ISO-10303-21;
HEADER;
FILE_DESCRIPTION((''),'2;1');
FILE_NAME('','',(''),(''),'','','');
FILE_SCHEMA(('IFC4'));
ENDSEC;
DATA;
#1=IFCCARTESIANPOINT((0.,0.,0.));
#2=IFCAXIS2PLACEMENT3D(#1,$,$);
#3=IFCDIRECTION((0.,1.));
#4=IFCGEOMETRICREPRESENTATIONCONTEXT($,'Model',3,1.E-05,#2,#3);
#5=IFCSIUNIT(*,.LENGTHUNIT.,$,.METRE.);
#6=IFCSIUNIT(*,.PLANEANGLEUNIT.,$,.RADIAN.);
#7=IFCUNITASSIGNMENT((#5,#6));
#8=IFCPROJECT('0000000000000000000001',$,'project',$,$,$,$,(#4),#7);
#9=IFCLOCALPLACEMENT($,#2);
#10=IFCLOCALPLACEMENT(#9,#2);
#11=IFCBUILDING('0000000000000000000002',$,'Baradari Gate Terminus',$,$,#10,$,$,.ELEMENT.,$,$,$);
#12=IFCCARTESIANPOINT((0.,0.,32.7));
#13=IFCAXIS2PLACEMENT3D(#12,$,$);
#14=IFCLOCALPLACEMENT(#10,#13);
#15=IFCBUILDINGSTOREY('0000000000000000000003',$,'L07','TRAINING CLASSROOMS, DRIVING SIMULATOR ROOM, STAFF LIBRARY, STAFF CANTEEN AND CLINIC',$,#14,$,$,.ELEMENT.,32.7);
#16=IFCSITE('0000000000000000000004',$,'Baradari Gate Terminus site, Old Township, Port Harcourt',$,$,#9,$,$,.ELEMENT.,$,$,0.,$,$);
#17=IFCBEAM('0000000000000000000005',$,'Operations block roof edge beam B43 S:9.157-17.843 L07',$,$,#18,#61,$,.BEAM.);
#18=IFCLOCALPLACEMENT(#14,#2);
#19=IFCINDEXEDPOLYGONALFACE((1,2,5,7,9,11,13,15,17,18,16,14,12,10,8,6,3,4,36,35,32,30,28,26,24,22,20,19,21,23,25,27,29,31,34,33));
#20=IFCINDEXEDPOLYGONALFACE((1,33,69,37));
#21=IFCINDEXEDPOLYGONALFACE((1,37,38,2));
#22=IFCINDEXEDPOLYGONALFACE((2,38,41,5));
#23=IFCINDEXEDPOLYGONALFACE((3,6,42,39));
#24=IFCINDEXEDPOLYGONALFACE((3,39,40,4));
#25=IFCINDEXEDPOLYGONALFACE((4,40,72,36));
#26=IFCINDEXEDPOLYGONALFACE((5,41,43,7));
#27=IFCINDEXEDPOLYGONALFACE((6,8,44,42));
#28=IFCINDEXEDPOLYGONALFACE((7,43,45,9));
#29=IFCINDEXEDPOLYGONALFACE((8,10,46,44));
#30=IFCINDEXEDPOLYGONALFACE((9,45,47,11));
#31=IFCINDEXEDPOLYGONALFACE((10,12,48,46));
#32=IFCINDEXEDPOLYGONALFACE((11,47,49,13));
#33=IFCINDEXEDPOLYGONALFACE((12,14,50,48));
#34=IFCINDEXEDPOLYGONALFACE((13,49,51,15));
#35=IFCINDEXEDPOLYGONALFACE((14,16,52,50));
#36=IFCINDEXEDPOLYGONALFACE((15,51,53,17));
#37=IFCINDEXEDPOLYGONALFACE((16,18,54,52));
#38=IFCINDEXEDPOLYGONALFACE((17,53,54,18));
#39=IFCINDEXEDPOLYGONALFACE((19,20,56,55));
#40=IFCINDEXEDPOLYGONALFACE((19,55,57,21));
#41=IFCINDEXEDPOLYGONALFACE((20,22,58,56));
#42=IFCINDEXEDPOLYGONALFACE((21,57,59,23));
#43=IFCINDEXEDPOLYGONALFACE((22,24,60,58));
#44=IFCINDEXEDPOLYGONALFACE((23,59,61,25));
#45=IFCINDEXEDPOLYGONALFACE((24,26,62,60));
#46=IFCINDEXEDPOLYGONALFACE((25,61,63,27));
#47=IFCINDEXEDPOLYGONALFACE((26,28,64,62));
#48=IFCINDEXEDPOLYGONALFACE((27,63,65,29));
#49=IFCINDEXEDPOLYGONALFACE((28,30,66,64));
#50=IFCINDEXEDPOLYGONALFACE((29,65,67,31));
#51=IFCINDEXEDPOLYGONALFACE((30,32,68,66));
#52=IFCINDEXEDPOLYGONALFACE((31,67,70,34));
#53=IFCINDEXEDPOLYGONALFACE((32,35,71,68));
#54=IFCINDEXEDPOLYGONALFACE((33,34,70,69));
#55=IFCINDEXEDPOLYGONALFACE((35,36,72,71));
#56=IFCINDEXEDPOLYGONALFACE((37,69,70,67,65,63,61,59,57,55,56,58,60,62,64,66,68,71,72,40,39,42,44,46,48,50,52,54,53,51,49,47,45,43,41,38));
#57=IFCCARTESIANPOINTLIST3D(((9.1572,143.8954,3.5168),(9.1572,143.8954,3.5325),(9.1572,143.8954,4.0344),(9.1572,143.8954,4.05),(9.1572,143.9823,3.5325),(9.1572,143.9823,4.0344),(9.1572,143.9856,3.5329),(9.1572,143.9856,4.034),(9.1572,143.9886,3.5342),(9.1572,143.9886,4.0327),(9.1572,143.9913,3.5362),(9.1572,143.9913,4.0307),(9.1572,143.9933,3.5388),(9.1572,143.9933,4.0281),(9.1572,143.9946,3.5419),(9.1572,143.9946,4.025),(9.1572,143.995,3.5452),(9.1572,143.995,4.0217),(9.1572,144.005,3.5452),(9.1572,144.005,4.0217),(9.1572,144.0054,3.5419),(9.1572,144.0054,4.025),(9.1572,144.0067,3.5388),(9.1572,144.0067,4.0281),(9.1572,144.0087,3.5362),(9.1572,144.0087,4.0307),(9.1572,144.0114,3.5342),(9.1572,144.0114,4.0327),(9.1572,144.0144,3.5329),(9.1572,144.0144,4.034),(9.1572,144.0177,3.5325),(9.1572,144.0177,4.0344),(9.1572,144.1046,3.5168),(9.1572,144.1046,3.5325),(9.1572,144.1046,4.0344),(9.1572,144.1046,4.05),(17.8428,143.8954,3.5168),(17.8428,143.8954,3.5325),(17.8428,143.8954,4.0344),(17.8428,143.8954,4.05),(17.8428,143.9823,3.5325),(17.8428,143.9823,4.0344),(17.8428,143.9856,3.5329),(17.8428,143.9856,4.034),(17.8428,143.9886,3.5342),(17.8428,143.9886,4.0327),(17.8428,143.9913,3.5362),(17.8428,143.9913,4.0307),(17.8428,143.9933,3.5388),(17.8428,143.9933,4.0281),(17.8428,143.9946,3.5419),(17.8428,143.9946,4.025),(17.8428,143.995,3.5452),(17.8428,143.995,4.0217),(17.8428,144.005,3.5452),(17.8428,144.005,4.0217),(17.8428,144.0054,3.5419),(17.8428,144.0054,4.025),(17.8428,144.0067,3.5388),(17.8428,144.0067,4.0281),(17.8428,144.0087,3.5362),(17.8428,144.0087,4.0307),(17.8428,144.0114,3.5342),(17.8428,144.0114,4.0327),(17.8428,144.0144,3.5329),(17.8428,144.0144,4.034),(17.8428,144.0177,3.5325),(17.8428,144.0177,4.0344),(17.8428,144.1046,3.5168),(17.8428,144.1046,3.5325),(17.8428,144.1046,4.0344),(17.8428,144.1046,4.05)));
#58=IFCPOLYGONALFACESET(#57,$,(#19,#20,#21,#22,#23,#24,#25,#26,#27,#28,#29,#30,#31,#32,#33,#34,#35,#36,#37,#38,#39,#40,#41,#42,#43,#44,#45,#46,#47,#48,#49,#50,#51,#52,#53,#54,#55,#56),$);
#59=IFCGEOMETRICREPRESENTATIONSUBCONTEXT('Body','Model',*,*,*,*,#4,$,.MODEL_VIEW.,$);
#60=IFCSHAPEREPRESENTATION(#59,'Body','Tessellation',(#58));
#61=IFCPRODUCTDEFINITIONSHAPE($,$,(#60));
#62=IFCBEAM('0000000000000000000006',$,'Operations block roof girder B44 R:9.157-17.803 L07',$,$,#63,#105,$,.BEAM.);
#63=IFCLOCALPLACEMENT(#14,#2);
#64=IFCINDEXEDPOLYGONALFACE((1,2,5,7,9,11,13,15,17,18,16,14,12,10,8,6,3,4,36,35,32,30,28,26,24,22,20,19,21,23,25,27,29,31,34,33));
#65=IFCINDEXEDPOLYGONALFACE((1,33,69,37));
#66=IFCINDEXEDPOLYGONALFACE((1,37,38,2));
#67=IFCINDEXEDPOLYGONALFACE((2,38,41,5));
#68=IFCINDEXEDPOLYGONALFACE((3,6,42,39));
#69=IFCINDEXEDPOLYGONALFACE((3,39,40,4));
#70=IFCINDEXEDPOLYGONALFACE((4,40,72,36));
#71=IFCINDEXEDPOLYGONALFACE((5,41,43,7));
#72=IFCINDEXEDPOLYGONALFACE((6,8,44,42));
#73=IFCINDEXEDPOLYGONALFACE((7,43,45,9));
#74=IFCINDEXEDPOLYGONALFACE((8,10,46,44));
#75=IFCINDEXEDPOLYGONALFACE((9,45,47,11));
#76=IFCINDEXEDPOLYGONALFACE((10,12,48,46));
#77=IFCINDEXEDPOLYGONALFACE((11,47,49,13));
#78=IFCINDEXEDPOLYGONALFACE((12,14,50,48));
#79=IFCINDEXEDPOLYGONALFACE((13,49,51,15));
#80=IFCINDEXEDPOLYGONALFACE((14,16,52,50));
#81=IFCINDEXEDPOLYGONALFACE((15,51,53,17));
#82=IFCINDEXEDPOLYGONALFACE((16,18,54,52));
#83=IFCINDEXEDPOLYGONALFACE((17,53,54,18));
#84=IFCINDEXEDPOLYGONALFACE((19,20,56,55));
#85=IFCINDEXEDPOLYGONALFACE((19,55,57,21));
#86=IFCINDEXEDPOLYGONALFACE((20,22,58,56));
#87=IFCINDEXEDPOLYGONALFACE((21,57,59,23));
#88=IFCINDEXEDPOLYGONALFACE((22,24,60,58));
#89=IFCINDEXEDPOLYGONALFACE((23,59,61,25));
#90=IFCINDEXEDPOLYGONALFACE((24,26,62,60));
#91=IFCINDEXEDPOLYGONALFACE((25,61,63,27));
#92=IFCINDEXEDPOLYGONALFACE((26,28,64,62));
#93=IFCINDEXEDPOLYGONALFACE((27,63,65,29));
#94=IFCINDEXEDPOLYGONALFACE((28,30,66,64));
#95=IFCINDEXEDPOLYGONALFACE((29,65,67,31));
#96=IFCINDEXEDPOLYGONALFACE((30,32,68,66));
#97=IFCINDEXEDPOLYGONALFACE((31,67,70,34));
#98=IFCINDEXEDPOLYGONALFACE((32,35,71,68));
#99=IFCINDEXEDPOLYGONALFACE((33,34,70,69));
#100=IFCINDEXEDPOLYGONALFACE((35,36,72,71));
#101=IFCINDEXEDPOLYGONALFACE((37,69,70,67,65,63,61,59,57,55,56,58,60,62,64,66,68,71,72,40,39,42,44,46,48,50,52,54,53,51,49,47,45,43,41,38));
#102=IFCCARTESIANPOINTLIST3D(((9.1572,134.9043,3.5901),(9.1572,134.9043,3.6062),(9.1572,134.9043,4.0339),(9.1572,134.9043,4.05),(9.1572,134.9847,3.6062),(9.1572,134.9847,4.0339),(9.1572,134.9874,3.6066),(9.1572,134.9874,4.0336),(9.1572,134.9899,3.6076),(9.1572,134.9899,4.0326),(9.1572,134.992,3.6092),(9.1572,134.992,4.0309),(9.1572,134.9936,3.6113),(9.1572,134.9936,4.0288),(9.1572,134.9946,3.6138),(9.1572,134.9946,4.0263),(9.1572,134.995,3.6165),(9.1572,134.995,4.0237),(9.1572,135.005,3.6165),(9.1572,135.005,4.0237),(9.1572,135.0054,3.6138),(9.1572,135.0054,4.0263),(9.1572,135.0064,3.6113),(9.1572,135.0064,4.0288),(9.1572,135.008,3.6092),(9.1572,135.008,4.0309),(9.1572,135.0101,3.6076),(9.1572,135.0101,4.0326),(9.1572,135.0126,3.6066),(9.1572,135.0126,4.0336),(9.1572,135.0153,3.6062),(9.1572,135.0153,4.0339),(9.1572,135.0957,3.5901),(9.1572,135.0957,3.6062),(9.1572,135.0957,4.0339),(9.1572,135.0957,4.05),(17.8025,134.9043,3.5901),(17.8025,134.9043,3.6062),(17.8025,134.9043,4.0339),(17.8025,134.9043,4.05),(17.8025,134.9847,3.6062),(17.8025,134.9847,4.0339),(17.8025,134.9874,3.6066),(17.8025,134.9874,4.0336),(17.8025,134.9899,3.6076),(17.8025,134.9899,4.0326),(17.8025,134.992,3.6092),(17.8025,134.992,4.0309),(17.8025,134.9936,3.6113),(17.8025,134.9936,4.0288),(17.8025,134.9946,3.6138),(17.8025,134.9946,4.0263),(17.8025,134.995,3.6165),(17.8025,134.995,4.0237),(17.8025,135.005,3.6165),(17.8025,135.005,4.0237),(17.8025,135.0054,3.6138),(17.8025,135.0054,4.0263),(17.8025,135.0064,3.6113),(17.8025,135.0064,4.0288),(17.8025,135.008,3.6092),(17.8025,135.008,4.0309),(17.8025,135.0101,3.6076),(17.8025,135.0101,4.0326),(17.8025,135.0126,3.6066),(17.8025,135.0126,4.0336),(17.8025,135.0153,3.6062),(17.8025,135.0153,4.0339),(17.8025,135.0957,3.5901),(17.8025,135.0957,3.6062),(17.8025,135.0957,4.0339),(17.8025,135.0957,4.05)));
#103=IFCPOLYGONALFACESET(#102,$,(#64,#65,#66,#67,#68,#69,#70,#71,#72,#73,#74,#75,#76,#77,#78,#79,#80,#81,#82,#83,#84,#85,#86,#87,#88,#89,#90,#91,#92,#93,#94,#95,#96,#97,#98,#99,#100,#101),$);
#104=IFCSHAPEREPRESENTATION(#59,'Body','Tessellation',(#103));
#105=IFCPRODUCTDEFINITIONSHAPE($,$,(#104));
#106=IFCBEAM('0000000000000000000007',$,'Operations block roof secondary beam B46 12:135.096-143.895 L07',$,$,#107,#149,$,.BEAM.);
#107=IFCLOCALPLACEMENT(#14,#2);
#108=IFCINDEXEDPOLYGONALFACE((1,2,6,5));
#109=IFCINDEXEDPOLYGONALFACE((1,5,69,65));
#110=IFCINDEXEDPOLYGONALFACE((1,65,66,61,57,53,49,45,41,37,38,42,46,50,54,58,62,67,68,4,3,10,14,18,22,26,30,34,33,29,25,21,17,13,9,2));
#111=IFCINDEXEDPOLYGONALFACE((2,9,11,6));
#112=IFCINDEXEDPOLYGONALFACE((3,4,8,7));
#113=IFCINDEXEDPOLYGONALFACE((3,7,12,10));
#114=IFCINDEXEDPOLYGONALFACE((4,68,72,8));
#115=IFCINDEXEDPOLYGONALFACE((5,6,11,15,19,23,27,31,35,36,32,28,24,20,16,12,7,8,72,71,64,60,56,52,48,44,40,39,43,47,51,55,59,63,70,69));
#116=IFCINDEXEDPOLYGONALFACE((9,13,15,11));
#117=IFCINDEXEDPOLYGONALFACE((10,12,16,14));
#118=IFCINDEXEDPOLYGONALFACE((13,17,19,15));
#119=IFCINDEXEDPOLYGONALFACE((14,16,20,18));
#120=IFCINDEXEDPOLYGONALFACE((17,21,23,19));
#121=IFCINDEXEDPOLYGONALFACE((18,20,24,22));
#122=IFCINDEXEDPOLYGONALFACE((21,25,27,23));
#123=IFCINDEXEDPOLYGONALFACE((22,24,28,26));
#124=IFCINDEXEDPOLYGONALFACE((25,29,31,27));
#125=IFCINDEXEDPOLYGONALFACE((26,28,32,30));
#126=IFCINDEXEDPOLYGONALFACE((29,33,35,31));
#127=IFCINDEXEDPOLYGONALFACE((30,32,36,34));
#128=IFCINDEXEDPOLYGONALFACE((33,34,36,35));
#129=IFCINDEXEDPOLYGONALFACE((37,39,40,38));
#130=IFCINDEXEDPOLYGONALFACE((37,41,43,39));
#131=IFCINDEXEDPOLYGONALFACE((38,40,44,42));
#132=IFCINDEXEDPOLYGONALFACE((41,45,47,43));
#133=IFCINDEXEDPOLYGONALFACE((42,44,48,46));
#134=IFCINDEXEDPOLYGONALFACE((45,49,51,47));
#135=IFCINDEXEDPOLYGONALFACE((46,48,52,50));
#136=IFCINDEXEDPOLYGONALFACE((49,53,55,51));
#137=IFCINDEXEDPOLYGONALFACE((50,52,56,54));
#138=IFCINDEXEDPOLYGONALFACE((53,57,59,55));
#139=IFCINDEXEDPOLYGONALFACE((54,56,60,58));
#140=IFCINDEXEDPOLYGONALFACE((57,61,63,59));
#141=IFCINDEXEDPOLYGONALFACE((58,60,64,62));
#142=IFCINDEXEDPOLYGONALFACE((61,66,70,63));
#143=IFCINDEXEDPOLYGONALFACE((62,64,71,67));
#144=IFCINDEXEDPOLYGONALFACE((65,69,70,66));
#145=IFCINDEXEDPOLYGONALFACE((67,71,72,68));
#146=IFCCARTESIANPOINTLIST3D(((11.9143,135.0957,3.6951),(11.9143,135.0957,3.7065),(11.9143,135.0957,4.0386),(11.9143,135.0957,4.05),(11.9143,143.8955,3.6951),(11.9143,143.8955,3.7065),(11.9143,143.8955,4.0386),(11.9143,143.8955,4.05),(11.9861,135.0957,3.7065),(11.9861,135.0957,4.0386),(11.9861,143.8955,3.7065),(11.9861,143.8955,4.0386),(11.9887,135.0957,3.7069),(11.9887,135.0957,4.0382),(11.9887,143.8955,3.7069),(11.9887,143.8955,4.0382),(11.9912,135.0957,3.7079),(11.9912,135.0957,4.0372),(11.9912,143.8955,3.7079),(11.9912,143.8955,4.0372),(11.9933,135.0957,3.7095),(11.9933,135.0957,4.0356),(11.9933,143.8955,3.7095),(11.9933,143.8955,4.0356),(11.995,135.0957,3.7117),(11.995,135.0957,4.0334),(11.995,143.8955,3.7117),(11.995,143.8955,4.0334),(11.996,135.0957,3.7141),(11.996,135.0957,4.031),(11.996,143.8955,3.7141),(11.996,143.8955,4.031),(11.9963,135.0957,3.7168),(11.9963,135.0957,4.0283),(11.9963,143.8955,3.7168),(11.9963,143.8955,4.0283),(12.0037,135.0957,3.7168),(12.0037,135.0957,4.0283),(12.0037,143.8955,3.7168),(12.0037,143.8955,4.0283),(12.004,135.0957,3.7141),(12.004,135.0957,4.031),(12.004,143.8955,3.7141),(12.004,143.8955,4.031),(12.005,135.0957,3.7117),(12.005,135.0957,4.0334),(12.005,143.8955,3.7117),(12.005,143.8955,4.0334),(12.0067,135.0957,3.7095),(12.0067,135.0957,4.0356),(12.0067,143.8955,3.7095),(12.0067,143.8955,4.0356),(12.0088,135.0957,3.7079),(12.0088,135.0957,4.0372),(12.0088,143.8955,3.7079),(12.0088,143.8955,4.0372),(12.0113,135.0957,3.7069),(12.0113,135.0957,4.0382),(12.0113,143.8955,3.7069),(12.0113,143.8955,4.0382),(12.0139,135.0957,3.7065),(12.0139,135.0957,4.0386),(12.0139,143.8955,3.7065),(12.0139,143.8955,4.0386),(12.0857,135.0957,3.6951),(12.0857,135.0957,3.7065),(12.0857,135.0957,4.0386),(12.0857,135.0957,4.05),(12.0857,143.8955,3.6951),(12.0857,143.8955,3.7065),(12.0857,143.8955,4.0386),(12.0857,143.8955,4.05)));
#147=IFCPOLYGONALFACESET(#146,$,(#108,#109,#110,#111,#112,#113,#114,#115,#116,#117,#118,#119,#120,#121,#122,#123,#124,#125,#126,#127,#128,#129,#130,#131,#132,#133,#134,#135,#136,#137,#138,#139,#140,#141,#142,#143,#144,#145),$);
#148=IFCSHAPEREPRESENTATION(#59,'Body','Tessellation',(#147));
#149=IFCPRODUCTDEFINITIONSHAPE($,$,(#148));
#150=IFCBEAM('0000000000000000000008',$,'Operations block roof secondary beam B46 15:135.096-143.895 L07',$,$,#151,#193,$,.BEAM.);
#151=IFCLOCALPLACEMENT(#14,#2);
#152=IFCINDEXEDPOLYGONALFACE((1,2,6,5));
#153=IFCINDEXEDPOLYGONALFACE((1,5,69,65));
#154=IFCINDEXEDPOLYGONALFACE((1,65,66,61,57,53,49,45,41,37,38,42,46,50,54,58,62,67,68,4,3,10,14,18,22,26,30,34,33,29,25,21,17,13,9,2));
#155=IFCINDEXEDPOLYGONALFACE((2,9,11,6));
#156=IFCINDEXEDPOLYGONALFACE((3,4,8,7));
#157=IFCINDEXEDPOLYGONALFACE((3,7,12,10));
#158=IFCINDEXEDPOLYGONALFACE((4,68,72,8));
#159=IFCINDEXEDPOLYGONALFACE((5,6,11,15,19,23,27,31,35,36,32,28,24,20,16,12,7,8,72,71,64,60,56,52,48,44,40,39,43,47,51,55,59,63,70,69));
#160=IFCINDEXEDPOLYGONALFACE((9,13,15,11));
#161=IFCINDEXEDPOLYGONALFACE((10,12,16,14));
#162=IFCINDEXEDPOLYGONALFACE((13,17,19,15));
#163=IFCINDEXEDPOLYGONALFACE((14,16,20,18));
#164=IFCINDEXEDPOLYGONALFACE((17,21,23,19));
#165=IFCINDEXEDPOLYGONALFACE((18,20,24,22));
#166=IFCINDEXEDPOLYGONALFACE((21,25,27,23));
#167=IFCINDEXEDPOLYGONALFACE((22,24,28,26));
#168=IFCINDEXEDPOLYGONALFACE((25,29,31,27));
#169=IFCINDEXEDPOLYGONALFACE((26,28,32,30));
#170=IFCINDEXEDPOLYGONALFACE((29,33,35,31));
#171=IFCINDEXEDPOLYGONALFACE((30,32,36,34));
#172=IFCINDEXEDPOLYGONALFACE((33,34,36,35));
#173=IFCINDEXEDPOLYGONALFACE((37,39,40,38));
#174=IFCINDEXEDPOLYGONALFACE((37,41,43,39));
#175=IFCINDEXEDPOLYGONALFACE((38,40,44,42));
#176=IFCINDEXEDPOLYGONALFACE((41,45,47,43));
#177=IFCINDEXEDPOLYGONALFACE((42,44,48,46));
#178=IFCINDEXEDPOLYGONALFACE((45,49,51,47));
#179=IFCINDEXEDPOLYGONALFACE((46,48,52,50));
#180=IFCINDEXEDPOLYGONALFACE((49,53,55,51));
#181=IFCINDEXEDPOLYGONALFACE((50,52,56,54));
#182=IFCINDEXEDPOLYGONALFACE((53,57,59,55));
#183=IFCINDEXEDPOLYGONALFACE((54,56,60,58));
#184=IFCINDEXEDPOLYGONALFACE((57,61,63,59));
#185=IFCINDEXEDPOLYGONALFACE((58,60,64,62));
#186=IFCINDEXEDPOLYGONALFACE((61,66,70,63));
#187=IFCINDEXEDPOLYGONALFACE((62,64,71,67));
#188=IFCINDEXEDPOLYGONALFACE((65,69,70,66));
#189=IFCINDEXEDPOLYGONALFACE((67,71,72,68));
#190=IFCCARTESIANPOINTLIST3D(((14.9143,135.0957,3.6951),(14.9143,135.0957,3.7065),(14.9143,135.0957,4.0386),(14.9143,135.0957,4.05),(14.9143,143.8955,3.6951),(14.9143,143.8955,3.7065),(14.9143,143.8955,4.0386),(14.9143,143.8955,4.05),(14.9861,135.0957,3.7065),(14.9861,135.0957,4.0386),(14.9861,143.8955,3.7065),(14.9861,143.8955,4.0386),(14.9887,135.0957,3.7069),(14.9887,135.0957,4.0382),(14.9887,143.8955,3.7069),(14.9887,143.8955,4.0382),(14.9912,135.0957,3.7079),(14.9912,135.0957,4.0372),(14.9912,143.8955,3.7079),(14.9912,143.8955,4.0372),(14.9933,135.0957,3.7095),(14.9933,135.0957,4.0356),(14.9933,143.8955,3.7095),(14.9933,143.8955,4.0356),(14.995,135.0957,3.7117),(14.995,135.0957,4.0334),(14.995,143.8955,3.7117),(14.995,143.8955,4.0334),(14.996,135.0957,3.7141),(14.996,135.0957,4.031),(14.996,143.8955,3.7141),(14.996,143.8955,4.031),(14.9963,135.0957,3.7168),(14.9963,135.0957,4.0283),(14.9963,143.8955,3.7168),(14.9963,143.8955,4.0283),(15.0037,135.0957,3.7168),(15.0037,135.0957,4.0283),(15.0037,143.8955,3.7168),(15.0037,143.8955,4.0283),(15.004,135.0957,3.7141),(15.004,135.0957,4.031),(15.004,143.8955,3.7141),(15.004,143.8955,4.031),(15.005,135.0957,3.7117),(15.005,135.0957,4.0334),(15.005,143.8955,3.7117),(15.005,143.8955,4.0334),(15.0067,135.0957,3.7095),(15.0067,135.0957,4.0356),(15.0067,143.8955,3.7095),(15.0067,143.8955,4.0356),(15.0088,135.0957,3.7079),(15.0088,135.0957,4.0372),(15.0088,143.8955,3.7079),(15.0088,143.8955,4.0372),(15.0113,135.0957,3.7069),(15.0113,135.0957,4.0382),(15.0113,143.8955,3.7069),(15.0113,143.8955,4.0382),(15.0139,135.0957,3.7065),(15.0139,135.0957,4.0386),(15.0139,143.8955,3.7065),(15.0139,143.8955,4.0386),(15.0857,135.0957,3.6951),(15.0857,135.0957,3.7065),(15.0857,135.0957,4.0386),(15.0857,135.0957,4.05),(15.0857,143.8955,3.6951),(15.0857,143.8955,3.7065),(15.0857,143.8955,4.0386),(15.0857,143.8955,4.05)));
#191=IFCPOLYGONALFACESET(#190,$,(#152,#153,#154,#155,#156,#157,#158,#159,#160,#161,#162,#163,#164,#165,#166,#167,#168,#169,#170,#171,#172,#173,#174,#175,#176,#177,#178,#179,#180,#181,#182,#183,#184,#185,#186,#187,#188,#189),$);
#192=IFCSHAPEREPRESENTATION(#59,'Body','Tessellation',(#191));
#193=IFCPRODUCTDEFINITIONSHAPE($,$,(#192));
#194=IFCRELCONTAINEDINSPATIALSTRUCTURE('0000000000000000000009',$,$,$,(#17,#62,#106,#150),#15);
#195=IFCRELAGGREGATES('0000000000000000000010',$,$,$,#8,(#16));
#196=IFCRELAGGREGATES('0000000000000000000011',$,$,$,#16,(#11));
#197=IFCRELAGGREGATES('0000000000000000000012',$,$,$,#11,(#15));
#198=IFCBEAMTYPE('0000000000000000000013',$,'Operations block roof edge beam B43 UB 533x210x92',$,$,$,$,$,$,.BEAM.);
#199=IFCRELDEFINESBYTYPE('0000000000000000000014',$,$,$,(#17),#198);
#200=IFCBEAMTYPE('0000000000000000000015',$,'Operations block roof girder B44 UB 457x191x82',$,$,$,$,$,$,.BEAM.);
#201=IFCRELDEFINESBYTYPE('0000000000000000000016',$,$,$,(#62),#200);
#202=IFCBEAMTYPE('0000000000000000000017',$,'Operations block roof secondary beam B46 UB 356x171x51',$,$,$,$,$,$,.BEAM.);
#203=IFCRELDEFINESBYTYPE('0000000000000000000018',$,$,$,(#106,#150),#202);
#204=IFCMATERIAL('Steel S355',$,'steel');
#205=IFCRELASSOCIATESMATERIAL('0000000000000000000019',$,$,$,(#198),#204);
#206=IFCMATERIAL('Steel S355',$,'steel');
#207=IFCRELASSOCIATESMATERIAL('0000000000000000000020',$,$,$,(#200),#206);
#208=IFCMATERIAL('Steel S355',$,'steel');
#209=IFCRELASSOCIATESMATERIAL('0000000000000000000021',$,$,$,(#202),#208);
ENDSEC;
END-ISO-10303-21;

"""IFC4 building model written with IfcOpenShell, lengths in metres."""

from ifc_helpers import new_model, si_unit, direction, frame, origin, origin_2d, place, context, subcontext, project, spatial, i_section, extrude, material, material_profile, profile_set, type_object, element, save


model = new_model("IFC4")

# Units and contexts
model_context = context("Model", 3, precision=1e-05, world=origin(), true_north=direction((0.0, 1.0)))
body_context = subcontext(model_context, "Body", "Model", "MODEL_VIEW")
ifc_project = project(units=[si_unit("LENGTHUNIT", "METRE"), si_unit("PLANEANGLEUNIT", "RADIAN")], contexts=[model_context])

# Site, building, storey
site_placement = place(None, origin())
site = spatial("IfcSite", under=ifc_project, at=site_placement, Name="Baradari Gate Terminus site, Old Township, Port Harcourt", CompositionType="ELEMENT", RefElevation=0.0)
building_placement = place(site_placement, origin())
building = spatial("IfcBuilding", under=site, at=building_placement, Name="Baradari Gate Terminus", CompositionType="ELEMENT")
storey_placement = place(building_placement, frame((0.0, 0.0, 32.7)))
storey = spatial("IfcBuildingStorey", under=building, at=storey_placement, Name="L07", Description="TRAINING CLASSROOMS, DRIVING SIMULATOR ROOM, STAFF LIBRARY, STAFF CANTEEN AND CLINIC", CompositionType="ELEMENT", Elevation=32.7)

# Beams
ifc_material_1 = material(Name="Steel S355", Category="steel")
ifc_material_profile_1 = material_profile(ifc_material_1, i_section(OverallWidth=0.2092, OverallDepth=0.5332, WebThickness=0.01, FlangeThickness=0.0156, FilletRadius=0.0127, at=origin_2d()), Name="UB 533x210x92")
ifc_profile_set_1 = profile_set([ifc_material_profile_1], Name="Steel S355")
beam_type_1 = type_object("IfcBeamType", Name="Operations block roof edge beam B43 UB 533x210x92", PredefinedType="BEAM", material=ifc_profile_set_1)
beam_1_placement = place(storey_placement, frame((9.1572, 144.0, 3.7834), z_axis=(1.0, 0.0, 0.0), x_axis=(0.0, 1.0, 0.0)))
element("IfcBeam", 1, at=beam_1_placement, inside=storey, type_object=beam_type_1, Name="Operations block roof edge beam B43 S:9.157-17.843 L07", PredefinedType="BEAM", context=body_context, shape_type="SweptSolid", body=[
    extrude(i_section(OverallWidth=0.2092, OverallDepth=0.5332, WebThickness=0.01, FlangeThickness=0.0156, FilletRadius=0.0127, at=origin_2d()), origin(), (0.0, 0.0, 1.0), 8.6855),
])
ifc_material_2 = material(Name="Steel S355", Category="steel")
ifc_material_profile_2 = material_profile(ifc_material_2, i_section(OverallWidth=0.1914, OverallDepth=0.46, WebThickness=0.01, FlangeThickness=0.0161, FilletRadius=0.0103, at=origin_2d()), Name="UB 457x191x82")
ifc_profile_set_2 = profile_set([ifc_material_profile_2], Name="Steel S355")
beam_type_2 = type_object("IfcBeamType", Name="Operations block roof girder B44 UB 457x191x82", PredefinedType="BEAM", material=ifc_profile_set_2)
beam_2_placement = place(storey_placement, frame((9.1572, 135.0, 3.8201), z_axis=(1.0, 0.0, 0.0), x_axis=(0.0, 1.0, 0.0)))
element("IfcBeam", 2, at=beam_2_placement, inside=storey, type_object=beam_type_2, Name="Operations block roof girder B44 R:9.157-17.803 L07", PredefinedType="BEAM", context=body_context, shape_type="SweptSolid", body=[
    extrude(i_section(OverallWidth=0.1914, OverallDepth=0.46, WebThickness=0.01, FlangeThickness=0.0161, FilletRadius=0.0103, at=origin_2d()), origin(), (0.0, 0.0, 1.0), 8.6453),
])
ifc_material_3 = material(Name="Steel S355", Category="steel")
ifc_material_profile_3 = material_profile(ifc_material_3, i_section(OverallWidth=0.1714, OverallDepth=0.355, WebThickness=0.0073, FlangeThickness=0.0115, FilletRadius=0.0103, at=origin_2d()), Name="UB 356x171x51")
ifc_profile_set_3 = profile_set([ifc_material_profile_3], Name="Steel S355")
beam_type_3 = type_object("IfcBeamType", Name="Operations block roof secondary beam B46 UB 356x171x51", PredefinedType="BEAM", material=ifc_profile_set_3)
for number, where, z_axis, x_axis, name in (
    (3, (12.0, 135.0957, 3.8726), (0.0, 1.0, 0.0), (-1.0, 0.0, 0.0), "Operations block roof secondary beam B46 12:135.096-143.895 L07"),
    (4, (15.0, 135.0957, 3.8726), (0.0, 1.0, 0.0), (-1.0, 0.0, 0.0), "Operations block roof secondary beam B46 15:135.096-143.895 L07"),
):
    element("IfcBeam", number, at=place(storey_placement, frame(where, z_axis=z_axis, x_axis=x_axis)), inside=storey, type_object=beam_type_3, Name=name, PredefinedType="BEAM", context=body_context, shape_type="SweptSolid", body=[
        extrude(i_section(OverallWidth=0.1714, OverallDepth=0.355, WebThickness=0.0073, FlangeThickness=0.0115, FilletRadius=0.0103, at=origin_2d()), origin(), (0.0, 0.0, 1.0), 8.7998),
    ])

save(model, "model.ifc")
